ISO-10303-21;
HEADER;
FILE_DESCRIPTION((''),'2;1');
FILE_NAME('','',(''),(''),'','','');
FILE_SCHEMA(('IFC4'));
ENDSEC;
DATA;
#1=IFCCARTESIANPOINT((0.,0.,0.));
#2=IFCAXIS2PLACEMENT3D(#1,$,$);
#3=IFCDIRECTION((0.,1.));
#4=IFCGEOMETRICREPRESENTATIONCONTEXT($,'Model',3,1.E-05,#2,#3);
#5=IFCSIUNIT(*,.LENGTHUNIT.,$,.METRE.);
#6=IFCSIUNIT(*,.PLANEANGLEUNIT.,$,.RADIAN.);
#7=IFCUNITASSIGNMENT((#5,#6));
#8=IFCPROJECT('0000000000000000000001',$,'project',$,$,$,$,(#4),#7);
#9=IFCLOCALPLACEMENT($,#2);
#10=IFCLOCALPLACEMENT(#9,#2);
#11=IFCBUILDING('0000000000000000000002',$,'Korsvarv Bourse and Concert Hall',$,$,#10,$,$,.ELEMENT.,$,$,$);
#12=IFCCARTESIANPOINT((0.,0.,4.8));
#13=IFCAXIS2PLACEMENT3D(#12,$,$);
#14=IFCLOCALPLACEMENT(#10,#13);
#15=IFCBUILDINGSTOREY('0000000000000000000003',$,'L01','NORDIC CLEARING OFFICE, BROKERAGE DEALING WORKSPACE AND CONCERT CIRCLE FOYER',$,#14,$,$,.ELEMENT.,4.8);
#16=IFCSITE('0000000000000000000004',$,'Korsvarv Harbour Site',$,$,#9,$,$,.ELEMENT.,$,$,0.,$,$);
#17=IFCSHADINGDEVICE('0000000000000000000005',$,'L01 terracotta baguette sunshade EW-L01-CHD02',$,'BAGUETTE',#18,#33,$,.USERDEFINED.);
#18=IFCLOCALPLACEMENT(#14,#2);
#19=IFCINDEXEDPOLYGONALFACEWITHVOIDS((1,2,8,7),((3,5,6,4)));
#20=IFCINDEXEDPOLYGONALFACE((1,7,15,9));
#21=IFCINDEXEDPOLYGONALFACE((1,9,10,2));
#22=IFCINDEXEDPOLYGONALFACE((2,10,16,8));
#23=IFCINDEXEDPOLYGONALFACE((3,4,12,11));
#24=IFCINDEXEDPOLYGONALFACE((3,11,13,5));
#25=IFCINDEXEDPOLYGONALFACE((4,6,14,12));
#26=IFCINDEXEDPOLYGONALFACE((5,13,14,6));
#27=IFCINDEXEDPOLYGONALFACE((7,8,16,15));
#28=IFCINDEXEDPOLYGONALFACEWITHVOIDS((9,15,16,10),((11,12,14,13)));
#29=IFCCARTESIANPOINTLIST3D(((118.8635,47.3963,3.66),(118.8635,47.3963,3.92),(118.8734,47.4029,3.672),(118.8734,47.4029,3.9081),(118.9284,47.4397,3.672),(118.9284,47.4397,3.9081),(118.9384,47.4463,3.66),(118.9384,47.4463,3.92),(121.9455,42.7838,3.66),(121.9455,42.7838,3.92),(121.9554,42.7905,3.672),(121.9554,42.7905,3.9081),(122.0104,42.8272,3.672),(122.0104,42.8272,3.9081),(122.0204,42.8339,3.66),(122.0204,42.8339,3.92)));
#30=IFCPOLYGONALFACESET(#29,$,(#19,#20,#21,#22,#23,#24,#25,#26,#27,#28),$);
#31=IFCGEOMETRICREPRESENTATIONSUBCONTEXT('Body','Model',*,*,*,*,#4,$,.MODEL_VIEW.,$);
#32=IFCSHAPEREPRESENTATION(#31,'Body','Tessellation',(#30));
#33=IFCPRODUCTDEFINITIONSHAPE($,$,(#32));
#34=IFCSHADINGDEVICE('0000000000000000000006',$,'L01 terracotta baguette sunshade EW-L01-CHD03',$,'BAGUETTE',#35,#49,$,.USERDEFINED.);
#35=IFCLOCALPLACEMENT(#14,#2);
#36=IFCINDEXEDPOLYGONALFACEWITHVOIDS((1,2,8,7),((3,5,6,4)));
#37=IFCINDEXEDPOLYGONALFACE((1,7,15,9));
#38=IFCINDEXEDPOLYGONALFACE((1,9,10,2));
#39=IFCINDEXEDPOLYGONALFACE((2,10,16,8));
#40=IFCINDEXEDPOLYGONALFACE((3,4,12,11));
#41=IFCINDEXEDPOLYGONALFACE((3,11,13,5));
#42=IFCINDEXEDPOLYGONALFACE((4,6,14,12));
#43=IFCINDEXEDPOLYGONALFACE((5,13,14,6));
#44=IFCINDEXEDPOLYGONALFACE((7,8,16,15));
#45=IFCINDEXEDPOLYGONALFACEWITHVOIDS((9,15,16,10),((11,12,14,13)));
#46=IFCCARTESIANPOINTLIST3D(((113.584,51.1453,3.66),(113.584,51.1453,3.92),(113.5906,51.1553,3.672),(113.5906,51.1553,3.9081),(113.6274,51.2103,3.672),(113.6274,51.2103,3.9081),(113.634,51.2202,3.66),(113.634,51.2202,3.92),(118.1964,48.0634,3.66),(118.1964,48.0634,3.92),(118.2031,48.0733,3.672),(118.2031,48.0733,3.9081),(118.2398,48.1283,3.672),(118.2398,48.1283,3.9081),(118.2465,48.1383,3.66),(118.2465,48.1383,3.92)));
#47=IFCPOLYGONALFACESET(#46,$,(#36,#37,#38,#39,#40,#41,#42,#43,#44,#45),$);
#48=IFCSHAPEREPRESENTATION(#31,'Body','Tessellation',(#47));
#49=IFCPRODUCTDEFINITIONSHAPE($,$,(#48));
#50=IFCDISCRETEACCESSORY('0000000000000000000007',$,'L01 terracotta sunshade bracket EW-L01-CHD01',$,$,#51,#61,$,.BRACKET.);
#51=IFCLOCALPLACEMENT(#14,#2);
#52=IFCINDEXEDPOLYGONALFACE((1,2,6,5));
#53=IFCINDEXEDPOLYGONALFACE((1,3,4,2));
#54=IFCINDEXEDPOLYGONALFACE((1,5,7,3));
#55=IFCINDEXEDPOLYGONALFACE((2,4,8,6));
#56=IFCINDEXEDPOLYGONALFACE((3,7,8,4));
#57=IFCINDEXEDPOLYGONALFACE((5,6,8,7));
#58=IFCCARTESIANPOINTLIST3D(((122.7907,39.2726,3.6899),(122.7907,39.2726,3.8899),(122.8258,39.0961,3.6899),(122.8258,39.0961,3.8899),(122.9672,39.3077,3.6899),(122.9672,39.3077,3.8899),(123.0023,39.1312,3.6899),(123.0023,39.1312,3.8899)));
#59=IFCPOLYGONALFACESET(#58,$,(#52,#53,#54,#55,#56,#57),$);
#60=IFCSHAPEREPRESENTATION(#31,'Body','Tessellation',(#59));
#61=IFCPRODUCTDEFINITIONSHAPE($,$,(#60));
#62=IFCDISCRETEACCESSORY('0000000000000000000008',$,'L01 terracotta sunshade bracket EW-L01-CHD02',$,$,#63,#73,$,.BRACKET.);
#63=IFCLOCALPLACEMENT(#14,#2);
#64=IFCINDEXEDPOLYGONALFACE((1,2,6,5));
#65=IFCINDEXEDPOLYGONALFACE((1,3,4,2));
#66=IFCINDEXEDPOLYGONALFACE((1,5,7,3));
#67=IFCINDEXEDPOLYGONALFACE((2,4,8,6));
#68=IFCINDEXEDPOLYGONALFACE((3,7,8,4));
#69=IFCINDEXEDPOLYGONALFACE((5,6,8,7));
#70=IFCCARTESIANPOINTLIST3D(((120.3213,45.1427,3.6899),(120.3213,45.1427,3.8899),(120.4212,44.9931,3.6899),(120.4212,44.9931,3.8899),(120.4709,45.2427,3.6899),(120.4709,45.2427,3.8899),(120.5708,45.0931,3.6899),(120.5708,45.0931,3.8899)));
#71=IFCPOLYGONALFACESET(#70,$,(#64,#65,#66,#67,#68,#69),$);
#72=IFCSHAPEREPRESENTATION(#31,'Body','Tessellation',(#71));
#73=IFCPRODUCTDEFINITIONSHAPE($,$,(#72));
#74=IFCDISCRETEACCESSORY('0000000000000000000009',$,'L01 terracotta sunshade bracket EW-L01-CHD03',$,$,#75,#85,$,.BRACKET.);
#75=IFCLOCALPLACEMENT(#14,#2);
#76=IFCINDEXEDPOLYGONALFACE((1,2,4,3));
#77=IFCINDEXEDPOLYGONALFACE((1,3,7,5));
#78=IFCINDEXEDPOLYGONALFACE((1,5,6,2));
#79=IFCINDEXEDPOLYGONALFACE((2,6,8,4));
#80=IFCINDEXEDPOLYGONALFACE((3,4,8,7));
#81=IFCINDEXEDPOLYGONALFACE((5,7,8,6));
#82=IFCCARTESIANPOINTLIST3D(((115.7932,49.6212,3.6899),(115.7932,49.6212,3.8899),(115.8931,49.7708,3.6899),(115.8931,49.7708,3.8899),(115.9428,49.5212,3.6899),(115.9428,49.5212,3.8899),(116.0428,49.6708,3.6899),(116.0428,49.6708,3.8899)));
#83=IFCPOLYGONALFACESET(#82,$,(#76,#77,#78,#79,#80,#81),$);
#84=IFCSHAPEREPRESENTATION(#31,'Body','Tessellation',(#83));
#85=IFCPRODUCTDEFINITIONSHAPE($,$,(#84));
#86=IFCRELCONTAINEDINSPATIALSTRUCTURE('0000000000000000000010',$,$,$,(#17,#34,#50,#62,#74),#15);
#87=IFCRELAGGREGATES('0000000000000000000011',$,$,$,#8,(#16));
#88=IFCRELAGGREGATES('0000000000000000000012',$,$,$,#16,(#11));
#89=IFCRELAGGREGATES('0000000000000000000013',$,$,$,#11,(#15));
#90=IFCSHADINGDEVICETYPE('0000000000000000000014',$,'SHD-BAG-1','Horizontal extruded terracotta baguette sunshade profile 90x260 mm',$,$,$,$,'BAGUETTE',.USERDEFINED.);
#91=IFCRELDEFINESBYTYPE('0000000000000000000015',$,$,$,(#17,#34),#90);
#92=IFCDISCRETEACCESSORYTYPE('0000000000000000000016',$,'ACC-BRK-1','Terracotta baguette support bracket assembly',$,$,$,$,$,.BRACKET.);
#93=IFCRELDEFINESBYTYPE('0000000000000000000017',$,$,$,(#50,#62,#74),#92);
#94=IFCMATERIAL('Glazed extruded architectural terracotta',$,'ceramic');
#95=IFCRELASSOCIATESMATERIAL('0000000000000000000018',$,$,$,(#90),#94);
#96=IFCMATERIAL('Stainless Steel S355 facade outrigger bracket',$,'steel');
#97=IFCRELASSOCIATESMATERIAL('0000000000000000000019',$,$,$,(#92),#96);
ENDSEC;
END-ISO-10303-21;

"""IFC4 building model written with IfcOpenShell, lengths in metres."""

from ifc_helpers import new_model, si_unit, direction, frame, origin, origin_2d, place, context, subcontext, project, spatial, rectangle, hollow_rectangle, extrude, source, transform, mapped, material, material_profile, profile_set, type_object, element, save


model = new_model("IFC4")

# Units and contexts
model_context = context("Model", 3, precision=1e-05, world=origin(), true_north=direction((0.0, 1.0)))
body_context = subcontext(model_context, "Body", "Model", "MODEL_VIEW")
ifc_project = project(units=[si_unit("LENGTHUNIT", "METRE"), si_unit("PLANEANGLEUNIT", "RADIAN")], contexts=[model_context])

# Site, building, storey
site_placement = place(None, origin())
site = spatial("IfcSite", under=ifc_project, at=site_placement, Name="Korsvarv Harbour Site", CompositionType="ELEMENT", RefElevation=0.0)
building_placement = place(site_placement, origin())
building = spatial("IfcBuilding", under=site, at=building_placement, Name="Korsvarv Bourse and Concert Hall", CompositionType="ELEMENT")
storey_placement = place(building_placement, frame((0.0, 0.0, 4.8)))
storey = spatial("IfcBuildingStorey", under=building, at=storey_placement, Name="L01", Description="NORDIC CLEARING OFFICE, BROKERAGE DEALING WORKSPACE AND CONCERT CIRCLE FOYER", CompositionType="ELEMENT", Elevation=4.8)

# Shading devices
ifc_material_1 = material(Name="Glazed extruded architectural terracotta", Category="ceramic")
ifc_material_profile_1 = material_profile(ifc_material_1, hollow_rectangle(XDim=0.0901, YDim=0.26, WallThickness=0.012, at=origin_2d()), Name="TC-BAG 90x260")
ifc_profile_set_1 = profile_set([ifc_material_profile_1], Name="Glazed extruded architectural terracotta")
shading_device_type = type_object("IfcShadingDeviceType", Name="SHD-BAG-1", Description="Horizontal extruded terracotta baguette sunshade profile 90x260 mm", ElementType="BAGUETTE", PredefinedType="USERDEFINED", material=ifc_profile_set_1)
shared_shape_1 = source(origin(), body_context, "Body", "SweptSolid", [
    extrude(hollow_rectangle(XDim=0.0901, YDim=0.26, WallThickness=0.012, at=origin_2d()), origin(), (0.0, 0.0, 1.0), 5.5474),
])
for number, where, z_axis, x_axis, name in (
    (1, (121.9829, 42.8088, 3.79), (-0.555573, 0.831468, 0.0), (-0.831468, -0.555573, 0.0), "L01 terracotta baguette sunshade EW-L01-CHD02"),
    (2, (118.2214, 48.1008, 3.79), (-0.831468, 0.555573, 0.0), (-0.555573, -0.831468, 0.0), "L01 terracotta baguette sunshade EW-L01-CHD03"),
):
    element("IfcShadingDevice", number, at=place(storey_placement, frame(where, z_axis=z_axis, x_axis=x_axis)), inside=storey, type_object=shading_device_type, Name=name, ObjectType="BAGUETTE", PredefinedType="USERDEFINED", context=body_context, shape_type="MappedRepresentation", body=[
        mapped(shared_shape_1, transform((0.0, 0.0, 0.0), scale=1.0)),
    ])

# Discrete accessories
ifc_material_2 = material(Name="Stainless Steel S355 facade outrigger bracket", Category="steel")
discrete_accessory_type = type_object("IfcDiscreteAccessoryType", Name="ACC-BRK-1", Description="Terracotta baguette support bracket assembly", PredefinedType="BRACKET", material=ifc_material_2)
shared_shape_2 = source(origin(), body_context, "Body", "SweptSolid", [
    extrude(rectangle(XDim=0.1799, YDim=0.1799, at=origin_2d()), origin(), (0.0, 0.0, 1.0), 0.2),
])
for number, where, z_axis, x_axis, name in (
    (3, (122.8965, 39.2019, 3.6899), (0.0, 0.0, 1.0), (-0.19509, 0.980785, 0.0), "L01 terracotta sunshade bracket EW-L01-CHD01"),
    (4, (120.446, 45.1179, 3.6899), (0.0, 0.0, 1.0), (-0.55557, 0.83147, 0.0), "L01 terracotta sunshade bracket EW-L01-CHD02"),
    (5, (115.918, 49.646, 3.6899), (0.0, 0.0, 1.0), (-0.83147, 0.55557, 0.0), "L01 terracotta sunshade bracket EW-L01-CHD03"),
):
    element("IfcDiscreteAccessory", number, at=place(storey_placement, frame(where, z_axis=z_axis, x_axis=x_axis)), inside=storey, type_object=discrete_accessory_type, Name=name, PredefinedType="BRACKET", context=body_context, shape_type="MappedRepresentation", body=[
        mapped(shared_shape_2, transform((0.0, 0.0, 0.0), scale=1.0)),
    ])

save(model, "model.ifc")
